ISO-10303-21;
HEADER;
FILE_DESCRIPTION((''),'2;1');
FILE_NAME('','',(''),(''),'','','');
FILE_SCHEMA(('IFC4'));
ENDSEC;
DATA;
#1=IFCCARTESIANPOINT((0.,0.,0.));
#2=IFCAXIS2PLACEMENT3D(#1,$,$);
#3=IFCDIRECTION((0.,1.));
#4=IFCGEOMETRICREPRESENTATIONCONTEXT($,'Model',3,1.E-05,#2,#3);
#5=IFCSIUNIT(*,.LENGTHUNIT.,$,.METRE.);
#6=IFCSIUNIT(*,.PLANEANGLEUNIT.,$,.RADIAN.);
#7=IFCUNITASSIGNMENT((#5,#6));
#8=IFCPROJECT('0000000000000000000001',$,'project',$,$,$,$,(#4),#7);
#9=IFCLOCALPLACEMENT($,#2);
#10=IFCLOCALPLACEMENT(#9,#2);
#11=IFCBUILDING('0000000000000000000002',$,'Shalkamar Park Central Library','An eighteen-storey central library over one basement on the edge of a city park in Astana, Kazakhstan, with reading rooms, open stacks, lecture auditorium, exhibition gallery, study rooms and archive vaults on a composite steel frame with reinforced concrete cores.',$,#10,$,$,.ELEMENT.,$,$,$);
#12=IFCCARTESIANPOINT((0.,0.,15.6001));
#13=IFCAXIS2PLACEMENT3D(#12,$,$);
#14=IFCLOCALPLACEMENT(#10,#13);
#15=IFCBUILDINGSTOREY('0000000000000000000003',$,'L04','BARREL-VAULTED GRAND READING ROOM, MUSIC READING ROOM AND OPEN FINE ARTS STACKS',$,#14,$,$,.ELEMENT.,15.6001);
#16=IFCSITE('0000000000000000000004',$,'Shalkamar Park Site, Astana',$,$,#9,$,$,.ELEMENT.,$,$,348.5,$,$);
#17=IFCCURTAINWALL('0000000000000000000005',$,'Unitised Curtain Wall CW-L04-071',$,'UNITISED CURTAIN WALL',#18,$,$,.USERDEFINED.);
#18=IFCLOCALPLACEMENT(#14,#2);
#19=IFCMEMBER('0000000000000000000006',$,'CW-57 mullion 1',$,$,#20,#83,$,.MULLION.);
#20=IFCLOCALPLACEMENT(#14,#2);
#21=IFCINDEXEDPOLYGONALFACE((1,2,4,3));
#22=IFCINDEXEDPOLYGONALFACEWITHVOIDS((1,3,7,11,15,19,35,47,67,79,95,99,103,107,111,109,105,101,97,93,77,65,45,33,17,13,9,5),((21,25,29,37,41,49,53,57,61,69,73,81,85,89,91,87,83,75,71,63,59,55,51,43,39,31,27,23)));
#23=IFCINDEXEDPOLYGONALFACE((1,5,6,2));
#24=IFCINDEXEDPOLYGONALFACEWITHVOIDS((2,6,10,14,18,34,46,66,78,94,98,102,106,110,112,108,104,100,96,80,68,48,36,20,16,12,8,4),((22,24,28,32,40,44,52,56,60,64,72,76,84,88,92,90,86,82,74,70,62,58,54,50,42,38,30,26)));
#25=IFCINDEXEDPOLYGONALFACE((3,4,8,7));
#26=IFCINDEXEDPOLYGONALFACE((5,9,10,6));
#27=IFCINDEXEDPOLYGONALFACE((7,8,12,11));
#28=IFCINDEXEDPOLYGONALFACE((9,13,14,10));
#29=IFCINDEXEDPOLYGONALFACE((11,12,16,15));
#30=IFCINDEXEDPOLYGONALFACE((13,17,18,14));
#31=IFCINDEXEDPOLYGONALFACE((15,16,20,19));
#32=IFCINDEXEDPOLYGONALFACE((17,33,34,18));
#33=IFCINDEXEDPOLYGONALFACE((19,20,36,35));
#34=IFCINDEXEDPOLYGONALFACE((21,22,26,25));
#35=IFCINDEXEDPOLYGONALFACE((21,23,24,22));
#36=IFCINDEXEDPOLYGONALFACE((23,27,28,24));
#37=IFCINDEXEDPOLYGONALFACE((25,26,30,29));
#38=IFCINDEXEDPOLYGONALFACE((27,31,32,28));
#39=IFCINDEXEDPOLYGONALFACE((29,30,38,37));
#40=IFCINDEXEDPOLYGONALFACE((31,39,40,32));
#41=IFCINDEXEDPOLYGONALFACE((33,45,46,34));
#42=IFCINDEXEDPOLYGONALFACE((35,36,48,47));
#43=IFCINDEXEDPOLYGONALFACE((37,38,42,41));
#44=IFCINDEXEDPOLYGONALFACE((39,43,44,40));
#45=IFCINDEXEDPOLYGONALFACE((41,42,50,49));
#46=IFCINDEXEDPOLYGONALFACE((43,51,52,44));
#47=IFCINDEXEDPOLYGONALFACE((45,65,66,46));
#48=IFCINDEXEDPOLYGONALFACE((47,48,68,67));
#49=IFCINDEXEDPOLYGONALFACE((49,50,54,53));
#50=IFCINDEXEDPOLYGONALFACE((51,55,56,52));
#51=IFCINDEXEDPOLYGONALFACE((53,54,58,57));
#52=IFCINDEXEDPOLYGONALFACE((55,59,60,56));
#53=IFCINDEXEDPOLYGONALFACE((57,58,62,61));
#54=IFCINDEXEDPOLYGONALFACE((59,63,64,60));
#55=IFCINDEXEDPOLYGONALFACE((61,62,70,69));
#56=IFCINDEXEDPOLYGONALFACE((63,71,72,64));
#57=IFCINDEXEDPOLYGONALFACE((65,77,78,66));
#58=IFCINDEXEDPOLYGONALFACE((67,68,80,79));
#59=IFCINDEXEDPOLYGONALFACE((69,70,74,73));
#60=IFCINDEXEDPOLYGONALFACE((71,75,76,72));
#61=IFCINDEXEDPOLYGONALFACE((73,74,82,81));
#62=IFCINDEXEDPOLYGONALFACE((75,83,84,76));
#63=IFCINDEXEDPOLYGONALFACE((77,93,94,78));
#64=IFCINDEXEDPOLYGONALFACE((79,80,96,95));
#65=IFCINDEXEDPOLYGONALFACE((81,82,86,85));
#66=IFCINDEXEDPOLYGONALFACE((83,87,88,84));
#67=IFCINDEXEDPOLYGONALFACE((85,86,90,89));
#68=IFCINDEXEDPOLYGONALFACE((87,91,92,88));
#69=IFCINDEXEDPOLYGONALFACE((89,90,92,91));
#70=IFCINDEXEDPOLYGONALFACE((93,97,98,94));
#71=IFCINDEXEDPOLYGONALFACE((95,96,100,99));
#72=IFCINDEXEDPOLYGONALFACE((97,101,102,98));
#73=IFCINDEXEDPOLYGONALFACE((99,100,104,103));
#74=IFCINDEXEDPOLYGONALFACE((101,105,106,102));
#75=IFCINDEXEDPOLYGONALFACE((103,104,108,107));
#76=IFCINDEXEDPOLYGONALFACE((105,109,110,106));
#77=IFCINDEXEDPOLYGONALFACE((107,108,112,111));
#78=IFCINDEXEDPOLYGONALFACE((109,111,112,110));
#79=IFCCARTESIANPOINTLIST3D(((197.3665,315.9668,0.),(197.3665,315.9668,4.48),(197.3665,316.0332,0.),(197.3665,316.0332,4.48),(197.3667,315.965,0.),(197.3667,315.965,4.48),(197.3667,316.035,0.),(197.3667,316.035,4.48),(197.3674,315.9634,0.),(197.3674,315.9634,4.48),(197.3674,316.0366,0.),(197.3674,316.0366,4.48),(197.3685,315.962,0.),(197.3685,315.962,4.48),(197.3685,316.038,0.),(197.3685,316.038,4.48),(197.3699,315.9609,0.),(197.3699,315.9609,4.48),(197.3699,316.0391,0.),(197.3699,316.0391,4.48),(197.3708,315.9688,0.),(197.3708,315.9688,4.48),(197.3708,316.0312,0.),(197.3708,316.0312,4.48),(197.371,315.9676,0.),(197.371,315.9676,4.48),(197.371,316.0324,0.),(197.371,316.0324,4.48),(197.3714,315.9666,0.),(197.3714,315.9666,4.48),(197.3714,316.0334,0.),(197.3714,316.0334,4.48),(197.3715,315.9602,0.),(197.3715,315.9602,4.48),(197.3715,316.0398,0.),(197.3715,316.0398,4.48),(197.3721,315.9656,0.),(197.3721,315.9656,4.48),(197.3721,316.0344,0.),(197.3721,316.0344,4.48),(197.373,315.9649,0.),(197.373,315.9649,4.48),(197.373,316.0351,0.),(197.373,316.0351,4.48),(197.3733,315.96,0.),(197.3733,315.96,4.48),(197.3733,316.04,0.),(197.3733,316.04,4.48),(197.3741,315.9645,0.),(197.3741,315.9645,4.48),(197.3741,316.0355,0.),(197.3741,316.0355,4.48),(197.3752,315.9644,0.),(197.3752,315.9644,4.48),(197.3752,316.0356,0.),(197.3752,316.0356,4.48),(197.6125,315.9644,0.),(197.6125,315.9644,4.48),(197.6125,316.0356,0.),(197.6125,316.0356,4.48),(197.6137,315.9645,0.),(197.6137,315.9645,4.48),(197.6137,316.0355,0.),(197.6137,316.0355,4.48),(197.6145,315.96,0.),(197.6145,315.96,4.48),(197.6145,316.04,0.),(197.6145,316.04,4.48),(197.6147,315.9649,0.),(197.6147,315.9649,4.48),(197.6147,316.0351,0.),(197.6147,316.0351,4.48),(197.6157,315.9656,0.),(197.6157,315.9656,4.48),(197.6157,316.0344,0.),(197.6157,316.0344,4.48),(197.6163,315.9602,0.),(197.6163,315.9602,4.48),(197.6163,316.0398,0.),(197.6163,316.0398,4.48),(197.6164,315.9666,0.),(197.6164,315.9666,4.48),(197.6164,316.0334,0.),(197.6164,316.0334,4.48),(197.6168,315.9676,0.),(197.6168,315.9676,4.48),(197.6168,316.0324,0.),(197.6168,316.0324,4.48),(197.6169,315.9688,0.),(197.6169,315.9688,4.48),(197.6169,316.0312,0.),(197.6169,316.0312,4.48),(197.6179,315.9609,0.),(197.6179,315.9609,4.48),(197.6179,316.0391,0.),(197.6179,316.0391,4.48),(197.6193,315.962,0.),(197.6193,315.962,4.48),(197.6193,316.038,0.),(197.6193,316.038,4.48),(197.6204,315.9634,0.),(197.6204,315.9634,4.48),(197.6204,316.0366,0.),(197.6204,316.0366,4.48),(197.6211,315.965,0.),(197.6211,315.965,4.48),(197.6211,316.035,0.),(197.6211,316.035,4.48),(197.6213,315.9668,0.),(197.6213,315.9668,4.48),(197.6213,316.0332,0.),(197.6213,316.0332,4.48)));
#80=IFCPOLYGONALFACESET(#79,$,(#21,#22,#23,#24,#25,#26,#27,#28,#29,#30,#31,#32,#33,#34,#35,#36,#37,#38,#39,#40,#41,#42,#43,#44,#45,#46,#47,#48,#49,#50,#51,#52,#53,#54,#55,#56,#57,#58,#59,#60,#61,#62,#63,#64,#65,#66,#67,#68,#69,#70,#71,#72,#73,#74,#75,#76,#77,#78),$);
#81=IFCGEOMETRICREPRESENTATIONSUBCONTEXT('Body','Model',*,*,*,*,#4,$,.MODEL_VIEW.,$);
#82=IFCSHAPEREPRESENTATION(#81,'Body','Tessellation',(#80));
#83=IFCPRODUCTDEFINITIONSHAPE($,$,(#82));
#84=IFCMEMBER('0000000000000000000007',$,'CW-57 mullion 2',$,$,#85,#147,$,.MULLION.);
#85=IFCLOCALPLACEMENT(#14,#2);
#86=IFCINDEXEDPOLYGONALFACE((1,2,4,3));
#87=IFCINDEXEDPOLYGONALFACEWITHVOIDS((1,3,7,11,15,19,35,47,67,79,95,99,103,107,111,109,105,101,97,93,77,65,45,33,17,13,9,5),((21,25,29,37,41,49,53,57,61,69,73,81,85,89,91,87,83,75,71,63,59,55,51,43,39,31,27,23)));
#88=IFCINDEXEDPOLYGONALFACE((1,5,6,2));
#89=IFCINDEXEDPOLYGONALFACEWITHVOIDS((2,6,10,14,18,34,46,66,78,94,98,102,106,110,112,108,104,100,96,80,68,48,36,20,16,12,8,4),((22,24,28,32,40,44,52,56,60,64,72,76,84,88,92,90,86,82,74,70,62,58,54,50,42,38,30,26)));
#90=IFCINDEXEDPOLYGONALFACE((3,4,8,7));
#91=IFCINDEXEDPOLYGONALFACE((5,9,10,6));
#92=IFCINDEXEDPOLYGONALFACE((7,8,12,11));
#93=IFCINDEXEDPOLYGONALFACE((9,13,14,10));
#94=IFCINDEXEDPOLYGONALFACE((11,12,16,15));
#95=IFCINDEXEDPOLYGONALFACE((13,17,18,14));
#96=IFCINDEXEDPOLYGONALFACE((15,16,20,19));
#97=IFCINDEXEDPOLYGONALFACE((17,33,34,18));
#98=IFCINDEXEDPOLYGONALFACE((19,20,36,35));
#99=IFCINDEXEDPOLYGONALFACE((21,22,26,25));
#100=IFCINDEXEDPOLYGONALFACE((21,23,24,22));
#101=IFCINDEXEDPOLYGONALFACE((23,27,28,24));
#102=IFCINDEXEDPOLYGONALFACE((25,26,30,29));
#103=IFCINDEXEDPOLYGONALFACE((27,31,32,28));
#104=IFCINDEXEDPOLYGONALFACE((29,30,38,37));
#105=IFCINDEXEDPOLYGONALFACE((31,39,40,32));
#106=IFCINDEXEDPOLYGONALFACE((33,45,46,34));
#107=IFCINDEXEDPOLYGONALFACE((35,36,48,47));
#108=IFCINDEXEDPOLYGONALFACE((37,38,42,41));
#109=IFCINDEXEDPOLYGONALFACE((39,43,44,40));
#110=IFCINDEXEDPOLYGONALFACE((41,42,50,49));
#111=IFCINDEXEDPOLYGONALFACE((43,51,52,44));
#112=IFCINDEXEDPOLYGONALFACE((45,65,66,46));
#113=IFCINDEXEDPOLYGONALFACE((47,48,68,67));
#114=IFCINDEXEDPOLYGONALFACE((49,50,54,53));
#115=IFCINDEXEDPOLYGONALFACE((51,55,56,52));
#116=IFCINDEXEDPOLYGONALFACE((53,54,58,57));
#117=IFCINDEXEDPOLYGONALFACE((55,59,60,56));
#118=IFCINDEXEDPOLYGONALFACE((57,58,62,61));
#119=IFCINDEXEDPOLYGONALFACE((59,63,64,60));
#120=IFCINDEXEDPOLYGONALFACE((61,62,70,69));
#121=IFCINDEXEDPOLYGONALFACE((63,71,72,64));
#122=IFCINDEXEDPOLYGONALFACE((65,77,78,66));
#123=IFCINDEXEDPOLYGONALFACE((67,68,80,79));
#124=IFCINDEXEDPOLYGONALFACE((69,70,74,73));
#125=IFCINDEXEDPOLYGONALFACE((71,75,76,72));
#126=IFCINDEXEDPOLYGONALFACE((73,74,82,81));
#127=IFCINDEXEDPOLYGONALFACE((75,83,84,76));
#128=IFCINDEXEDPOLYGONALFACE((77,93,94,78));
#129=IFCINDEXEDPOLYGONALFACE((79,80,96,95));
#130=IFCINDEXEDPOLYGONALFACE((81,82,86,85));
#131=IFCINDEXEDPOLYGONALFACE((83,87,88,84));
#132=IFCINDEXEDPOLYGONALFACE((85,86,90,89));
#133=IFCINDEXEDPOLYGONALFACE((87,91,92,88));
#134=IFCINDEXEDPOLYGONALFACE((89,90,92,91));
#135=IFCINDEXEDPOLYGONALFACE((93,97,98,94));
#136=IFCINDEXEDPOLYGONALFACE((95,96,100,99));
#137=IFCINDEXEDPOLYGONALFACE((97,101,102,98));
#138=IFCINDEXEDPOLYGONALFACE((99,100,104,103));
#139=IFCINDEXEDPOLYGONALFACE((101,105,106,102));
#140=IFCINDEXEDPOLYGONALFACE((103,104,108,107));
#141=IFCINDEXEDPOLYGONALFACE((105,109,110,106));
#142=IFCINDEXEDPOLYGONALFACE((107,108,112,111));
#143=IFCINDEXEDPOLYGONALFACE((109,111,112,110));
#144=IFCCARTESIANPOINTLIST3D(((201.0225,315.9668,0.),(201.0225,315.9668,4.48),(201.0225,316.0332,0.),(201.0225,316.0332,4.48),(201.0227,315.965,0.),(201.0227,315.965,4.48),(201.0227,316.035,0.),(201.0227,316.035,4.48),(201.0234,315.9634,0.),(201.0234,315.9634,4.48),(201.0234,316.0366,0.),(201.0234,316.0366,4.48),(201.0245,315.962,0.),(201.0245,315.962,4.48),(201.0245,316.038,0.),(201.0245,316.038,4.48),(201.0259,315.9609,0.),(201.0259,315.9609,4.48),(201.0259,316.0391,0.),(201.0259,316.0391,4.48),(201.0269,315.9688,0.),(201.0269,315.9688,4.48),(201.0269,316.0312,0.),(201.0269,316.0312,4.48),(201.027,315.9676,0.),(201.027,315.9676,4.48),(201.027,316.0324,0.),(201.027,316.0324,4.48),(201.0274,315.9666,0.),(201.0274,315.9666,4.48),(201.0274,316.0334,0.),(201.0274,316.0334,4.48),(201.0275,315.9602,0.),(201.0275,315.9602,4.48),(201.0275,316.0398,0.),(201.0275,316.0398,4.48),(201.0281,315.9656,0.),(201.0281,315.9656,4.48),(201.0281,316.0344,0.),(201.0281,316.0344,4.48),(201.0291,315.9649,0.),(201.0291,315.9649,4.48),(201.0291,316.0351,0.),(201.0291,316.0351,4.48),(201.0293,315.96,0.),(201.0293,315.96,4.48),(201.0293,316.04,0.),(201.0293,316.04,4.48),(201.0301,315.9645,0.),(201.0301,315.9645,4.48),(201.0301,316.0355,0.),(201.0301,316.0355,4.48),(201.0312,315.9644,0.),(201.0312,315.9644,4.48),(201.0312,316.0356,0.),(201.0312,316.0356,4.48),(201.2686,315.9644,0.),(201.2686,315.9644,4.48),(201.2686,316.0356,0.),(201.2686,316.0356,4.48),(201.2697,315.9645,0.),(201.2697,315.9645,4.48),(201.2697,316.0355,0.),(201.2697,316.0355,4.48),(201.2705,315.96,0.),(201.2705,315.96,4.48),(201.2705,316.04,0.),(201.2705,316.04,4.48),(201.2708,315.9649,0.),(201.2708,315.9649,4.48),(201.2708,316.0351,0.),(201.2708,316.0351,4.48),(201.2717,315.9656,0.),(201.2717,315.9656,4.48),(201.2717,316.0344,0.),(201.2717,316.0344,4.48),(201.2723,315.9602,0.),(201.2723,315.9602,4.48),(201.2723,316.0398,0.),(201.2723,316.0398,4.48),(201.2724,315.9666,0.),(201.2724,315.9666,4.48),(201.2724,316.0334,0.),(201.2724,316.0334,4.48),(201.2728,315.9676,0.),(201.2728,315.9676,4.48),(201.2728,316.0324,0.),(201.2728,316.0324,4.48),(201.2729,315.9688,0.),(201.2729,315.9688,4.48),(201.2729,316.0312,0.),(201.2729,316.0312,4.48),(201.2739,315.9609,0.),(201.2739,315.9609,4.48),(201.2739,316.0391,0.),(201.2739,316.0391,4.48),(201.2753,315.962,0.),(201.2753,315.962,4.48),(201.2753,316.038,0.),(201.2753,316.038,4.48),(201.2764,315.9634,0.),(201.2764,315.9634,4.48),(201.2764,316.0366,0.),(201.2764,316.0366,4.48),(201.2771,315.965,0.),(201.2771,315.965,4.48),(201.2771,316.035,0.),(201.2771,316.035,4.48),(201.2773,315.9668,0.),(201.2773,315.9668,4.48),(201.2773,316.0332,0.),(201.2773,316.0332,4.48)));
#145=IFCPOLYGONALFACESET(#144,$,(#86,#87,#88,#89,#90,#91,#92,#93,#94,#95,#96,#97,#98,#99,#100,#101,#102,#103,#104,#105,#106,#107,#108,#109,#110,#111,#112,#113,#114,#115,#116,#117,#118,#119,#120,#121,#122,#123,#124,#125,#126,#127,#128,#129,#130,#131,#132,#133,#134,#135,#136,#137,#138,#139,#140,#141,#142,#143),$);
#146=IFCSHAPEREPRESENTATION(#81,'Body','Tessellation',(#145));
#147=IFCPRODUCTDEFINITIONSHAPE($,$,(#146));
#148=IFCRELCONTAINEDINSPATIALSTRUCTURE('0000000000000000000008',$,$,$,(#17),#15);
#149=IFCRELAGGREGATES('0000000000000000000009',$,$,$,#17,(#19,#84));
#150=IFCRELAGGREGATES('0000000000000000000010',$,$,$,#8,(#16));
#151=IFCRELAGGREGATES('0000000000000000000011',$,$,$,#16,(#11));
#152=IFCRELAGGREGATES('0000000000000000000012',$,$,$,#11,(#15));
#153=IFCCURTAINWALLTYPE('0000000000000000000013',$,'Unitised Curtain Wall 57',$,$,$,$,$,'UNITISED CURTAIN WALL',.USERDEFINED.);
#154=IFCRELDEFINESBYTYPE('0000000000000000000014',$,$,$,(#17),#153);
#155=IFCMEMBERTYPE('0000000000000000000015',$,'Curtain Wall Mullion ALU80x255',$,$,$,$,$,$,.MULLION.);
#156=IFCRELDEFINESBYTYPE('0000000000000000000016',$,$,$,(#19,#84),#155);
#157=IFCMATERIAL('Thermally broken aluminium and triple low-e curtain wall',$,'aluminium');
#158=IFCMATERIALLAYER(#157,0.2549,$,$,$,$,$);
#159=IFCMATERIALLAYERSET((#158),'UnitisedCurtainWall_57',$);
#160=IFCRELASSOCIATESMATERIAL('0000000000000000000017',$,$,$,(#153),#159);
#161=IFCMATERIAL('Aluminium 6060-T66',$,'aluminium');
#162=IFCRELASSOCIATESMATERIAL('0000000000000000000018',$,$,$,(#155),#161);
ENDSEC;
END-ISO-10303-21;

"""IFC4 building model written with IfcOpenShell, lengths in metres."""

from ifc_helpers import new_model, si_unit, direction, frame, origin, origin_2d, place, context, subcontext, project, spatial, hollow_rectangle, extrude, material, layer, layer_set, material_profile, profile_set, type_object, element, aggregate, save


model = new_model("IFC4")

# Units and contexts
model_context = context("Model", 3, precision=1e-05, world=origin(), true_north=direction((0.0, 1.0)))
body_context = subcontext(model_context, "Body", "Model", "MODEL_VIEW")
ifc_project = project(units=[si_unit("LENGTHUNIT", "METRE"), si_unit("PLANEANGLEUNIT", "RADIAN")], contexts=[model_context])

# Site, building, storey
site_placement = place(None, origin())
site = spatial("IfcSite", under=ifc_project, at=site_placement, Name="Shalkamar Park Site, Astana", CompositionType="ELEMENT", RefElevation=348.5)
building_placement = place(site_placement, origin())
building = spatial("IfcBuilding", under=site, at=building_placement, Name="Shalkamar Park Central Library", Description="An eighteen-storey central library over one basement on the edge of a city park in Astana, Kazakhstan, with reading rooms, open stacks, lecture auditorium, exhibition gallery, study rooms and archive vaults on a composite steel frame with reinforced concrete cores.", CompositionType="ELEMENT")
storey_placement = place(building_placement, frame((0.0, 0.0, 15.6001)))
storey = spatial("IfcBuildingStorey", under=building, at=storey_placement, Name="L04", Description="BARREL-VAULTED GRAND READING ROOM, MUSIC READING ROOM AND OPEN FINE ARTS STACKS", CompositionType="ELEMENT", Elevation=15.6001)

# Curtain wall, members
ifc_material_1 = material(Name="Thermally broken aluminium and triple low-e curtain wall", Category="aluminium")
ifc_layer_1 = layer(ifc_material_1, 0.2549)
ifc_layer_set_1 = layer_set([ifc_layer_1], Name="UnitisedCurtainWall_57")
curtain_wall_type_1 = type_object("IfcCurtainWallType", Name="Unitised Curtain Wall 57", ElementType="UNITISED CURTAIN WALL", PredefinedType="USERDEFINED", material=ifc_layer_set_1)
curtain_wall_1_placement = place(storey_placement, origin())
curtain_wall_1 = element("IfcCurtainWall", 1, at=curtain_wall_1_placement, inside=storey, type_object=curtain_wall_type_1, Name="Unitised Curtain Wall CW-L04-071", ObjectType="UNITISED CURTAIN WALL", PredefinedType="USERDEFINED")
ifc_material_2 = material(Name="Aluminium 6060-T66", Category="aluminium")
ifc_material_profile_1 = material_profile(ifc_material_2, hollow_rectangle(XDim=0.0801, YDim=0.2549, WallThickness=0.0044, InnerFilletRadius=0.0044, OuterFilletRadius=0.0068, at=origin_2d()), Name="ALU 80x255x4.5")
ifc_profile_set_1 = profile_set([ifc_material_profile_1], Name="Aluminium 6060-T66")
member_type_1 = type_object("IfcMemberType", Name="Curtain Wall Mullion ALU80x255", PredefinedType="MULLION", material=ifc_profile_set_1)
member_1_placement = place(storey_placement, frame((197.4939, 316.0, 0.0), z_axis=(0.0, 0.0, 1.0), x_axis=(0.0, 1.0, 0.0)))
member_1 = element("IfcMember", 2, at=member_1_placement, type_object=member_type_1, Name="CW-57 mullion 1", PredefinedType="MULLION", context=body_context, shape_type="SweptSolid", body=[
    extrude(hollow_rectangle(XDim=0.0801, YDim=0.2549, WallThickness=0.0044, InnerFilletRadius=0.0044, OuterFilletRadius=0.0068, at=origin_2d()), origin(), (0.0, 0.0, 1.0), 4.48),
])
member_2_placement = place(storey_placement, frame((201.1499, 316.0, 0.0), z_axis=(0.0, 0.0, 1.0), x_axis=(0.0, 1.0, 0.0)))
member_2 = element("IfcMember", 3, at=member_2_placement, type_object=member_type_1, Name="CW-57 mullion 2", PredefinedType="MULLION", context=body_context, shape_type="SweptSolid", body=[
    extrude(hollow_rectangle(XDim=0.0801, YDim=0.2549, WallThickness=0.0044, InnerFilletRadius=0.0044, OuterFilletRadius=0.0068, at=origin_2d()), origin(), (0.0, 0.0, 1.0), 4.48),
])

aggregate(curtain_wall_1, [member_1, member_2])

save(model, "model.ifc")
